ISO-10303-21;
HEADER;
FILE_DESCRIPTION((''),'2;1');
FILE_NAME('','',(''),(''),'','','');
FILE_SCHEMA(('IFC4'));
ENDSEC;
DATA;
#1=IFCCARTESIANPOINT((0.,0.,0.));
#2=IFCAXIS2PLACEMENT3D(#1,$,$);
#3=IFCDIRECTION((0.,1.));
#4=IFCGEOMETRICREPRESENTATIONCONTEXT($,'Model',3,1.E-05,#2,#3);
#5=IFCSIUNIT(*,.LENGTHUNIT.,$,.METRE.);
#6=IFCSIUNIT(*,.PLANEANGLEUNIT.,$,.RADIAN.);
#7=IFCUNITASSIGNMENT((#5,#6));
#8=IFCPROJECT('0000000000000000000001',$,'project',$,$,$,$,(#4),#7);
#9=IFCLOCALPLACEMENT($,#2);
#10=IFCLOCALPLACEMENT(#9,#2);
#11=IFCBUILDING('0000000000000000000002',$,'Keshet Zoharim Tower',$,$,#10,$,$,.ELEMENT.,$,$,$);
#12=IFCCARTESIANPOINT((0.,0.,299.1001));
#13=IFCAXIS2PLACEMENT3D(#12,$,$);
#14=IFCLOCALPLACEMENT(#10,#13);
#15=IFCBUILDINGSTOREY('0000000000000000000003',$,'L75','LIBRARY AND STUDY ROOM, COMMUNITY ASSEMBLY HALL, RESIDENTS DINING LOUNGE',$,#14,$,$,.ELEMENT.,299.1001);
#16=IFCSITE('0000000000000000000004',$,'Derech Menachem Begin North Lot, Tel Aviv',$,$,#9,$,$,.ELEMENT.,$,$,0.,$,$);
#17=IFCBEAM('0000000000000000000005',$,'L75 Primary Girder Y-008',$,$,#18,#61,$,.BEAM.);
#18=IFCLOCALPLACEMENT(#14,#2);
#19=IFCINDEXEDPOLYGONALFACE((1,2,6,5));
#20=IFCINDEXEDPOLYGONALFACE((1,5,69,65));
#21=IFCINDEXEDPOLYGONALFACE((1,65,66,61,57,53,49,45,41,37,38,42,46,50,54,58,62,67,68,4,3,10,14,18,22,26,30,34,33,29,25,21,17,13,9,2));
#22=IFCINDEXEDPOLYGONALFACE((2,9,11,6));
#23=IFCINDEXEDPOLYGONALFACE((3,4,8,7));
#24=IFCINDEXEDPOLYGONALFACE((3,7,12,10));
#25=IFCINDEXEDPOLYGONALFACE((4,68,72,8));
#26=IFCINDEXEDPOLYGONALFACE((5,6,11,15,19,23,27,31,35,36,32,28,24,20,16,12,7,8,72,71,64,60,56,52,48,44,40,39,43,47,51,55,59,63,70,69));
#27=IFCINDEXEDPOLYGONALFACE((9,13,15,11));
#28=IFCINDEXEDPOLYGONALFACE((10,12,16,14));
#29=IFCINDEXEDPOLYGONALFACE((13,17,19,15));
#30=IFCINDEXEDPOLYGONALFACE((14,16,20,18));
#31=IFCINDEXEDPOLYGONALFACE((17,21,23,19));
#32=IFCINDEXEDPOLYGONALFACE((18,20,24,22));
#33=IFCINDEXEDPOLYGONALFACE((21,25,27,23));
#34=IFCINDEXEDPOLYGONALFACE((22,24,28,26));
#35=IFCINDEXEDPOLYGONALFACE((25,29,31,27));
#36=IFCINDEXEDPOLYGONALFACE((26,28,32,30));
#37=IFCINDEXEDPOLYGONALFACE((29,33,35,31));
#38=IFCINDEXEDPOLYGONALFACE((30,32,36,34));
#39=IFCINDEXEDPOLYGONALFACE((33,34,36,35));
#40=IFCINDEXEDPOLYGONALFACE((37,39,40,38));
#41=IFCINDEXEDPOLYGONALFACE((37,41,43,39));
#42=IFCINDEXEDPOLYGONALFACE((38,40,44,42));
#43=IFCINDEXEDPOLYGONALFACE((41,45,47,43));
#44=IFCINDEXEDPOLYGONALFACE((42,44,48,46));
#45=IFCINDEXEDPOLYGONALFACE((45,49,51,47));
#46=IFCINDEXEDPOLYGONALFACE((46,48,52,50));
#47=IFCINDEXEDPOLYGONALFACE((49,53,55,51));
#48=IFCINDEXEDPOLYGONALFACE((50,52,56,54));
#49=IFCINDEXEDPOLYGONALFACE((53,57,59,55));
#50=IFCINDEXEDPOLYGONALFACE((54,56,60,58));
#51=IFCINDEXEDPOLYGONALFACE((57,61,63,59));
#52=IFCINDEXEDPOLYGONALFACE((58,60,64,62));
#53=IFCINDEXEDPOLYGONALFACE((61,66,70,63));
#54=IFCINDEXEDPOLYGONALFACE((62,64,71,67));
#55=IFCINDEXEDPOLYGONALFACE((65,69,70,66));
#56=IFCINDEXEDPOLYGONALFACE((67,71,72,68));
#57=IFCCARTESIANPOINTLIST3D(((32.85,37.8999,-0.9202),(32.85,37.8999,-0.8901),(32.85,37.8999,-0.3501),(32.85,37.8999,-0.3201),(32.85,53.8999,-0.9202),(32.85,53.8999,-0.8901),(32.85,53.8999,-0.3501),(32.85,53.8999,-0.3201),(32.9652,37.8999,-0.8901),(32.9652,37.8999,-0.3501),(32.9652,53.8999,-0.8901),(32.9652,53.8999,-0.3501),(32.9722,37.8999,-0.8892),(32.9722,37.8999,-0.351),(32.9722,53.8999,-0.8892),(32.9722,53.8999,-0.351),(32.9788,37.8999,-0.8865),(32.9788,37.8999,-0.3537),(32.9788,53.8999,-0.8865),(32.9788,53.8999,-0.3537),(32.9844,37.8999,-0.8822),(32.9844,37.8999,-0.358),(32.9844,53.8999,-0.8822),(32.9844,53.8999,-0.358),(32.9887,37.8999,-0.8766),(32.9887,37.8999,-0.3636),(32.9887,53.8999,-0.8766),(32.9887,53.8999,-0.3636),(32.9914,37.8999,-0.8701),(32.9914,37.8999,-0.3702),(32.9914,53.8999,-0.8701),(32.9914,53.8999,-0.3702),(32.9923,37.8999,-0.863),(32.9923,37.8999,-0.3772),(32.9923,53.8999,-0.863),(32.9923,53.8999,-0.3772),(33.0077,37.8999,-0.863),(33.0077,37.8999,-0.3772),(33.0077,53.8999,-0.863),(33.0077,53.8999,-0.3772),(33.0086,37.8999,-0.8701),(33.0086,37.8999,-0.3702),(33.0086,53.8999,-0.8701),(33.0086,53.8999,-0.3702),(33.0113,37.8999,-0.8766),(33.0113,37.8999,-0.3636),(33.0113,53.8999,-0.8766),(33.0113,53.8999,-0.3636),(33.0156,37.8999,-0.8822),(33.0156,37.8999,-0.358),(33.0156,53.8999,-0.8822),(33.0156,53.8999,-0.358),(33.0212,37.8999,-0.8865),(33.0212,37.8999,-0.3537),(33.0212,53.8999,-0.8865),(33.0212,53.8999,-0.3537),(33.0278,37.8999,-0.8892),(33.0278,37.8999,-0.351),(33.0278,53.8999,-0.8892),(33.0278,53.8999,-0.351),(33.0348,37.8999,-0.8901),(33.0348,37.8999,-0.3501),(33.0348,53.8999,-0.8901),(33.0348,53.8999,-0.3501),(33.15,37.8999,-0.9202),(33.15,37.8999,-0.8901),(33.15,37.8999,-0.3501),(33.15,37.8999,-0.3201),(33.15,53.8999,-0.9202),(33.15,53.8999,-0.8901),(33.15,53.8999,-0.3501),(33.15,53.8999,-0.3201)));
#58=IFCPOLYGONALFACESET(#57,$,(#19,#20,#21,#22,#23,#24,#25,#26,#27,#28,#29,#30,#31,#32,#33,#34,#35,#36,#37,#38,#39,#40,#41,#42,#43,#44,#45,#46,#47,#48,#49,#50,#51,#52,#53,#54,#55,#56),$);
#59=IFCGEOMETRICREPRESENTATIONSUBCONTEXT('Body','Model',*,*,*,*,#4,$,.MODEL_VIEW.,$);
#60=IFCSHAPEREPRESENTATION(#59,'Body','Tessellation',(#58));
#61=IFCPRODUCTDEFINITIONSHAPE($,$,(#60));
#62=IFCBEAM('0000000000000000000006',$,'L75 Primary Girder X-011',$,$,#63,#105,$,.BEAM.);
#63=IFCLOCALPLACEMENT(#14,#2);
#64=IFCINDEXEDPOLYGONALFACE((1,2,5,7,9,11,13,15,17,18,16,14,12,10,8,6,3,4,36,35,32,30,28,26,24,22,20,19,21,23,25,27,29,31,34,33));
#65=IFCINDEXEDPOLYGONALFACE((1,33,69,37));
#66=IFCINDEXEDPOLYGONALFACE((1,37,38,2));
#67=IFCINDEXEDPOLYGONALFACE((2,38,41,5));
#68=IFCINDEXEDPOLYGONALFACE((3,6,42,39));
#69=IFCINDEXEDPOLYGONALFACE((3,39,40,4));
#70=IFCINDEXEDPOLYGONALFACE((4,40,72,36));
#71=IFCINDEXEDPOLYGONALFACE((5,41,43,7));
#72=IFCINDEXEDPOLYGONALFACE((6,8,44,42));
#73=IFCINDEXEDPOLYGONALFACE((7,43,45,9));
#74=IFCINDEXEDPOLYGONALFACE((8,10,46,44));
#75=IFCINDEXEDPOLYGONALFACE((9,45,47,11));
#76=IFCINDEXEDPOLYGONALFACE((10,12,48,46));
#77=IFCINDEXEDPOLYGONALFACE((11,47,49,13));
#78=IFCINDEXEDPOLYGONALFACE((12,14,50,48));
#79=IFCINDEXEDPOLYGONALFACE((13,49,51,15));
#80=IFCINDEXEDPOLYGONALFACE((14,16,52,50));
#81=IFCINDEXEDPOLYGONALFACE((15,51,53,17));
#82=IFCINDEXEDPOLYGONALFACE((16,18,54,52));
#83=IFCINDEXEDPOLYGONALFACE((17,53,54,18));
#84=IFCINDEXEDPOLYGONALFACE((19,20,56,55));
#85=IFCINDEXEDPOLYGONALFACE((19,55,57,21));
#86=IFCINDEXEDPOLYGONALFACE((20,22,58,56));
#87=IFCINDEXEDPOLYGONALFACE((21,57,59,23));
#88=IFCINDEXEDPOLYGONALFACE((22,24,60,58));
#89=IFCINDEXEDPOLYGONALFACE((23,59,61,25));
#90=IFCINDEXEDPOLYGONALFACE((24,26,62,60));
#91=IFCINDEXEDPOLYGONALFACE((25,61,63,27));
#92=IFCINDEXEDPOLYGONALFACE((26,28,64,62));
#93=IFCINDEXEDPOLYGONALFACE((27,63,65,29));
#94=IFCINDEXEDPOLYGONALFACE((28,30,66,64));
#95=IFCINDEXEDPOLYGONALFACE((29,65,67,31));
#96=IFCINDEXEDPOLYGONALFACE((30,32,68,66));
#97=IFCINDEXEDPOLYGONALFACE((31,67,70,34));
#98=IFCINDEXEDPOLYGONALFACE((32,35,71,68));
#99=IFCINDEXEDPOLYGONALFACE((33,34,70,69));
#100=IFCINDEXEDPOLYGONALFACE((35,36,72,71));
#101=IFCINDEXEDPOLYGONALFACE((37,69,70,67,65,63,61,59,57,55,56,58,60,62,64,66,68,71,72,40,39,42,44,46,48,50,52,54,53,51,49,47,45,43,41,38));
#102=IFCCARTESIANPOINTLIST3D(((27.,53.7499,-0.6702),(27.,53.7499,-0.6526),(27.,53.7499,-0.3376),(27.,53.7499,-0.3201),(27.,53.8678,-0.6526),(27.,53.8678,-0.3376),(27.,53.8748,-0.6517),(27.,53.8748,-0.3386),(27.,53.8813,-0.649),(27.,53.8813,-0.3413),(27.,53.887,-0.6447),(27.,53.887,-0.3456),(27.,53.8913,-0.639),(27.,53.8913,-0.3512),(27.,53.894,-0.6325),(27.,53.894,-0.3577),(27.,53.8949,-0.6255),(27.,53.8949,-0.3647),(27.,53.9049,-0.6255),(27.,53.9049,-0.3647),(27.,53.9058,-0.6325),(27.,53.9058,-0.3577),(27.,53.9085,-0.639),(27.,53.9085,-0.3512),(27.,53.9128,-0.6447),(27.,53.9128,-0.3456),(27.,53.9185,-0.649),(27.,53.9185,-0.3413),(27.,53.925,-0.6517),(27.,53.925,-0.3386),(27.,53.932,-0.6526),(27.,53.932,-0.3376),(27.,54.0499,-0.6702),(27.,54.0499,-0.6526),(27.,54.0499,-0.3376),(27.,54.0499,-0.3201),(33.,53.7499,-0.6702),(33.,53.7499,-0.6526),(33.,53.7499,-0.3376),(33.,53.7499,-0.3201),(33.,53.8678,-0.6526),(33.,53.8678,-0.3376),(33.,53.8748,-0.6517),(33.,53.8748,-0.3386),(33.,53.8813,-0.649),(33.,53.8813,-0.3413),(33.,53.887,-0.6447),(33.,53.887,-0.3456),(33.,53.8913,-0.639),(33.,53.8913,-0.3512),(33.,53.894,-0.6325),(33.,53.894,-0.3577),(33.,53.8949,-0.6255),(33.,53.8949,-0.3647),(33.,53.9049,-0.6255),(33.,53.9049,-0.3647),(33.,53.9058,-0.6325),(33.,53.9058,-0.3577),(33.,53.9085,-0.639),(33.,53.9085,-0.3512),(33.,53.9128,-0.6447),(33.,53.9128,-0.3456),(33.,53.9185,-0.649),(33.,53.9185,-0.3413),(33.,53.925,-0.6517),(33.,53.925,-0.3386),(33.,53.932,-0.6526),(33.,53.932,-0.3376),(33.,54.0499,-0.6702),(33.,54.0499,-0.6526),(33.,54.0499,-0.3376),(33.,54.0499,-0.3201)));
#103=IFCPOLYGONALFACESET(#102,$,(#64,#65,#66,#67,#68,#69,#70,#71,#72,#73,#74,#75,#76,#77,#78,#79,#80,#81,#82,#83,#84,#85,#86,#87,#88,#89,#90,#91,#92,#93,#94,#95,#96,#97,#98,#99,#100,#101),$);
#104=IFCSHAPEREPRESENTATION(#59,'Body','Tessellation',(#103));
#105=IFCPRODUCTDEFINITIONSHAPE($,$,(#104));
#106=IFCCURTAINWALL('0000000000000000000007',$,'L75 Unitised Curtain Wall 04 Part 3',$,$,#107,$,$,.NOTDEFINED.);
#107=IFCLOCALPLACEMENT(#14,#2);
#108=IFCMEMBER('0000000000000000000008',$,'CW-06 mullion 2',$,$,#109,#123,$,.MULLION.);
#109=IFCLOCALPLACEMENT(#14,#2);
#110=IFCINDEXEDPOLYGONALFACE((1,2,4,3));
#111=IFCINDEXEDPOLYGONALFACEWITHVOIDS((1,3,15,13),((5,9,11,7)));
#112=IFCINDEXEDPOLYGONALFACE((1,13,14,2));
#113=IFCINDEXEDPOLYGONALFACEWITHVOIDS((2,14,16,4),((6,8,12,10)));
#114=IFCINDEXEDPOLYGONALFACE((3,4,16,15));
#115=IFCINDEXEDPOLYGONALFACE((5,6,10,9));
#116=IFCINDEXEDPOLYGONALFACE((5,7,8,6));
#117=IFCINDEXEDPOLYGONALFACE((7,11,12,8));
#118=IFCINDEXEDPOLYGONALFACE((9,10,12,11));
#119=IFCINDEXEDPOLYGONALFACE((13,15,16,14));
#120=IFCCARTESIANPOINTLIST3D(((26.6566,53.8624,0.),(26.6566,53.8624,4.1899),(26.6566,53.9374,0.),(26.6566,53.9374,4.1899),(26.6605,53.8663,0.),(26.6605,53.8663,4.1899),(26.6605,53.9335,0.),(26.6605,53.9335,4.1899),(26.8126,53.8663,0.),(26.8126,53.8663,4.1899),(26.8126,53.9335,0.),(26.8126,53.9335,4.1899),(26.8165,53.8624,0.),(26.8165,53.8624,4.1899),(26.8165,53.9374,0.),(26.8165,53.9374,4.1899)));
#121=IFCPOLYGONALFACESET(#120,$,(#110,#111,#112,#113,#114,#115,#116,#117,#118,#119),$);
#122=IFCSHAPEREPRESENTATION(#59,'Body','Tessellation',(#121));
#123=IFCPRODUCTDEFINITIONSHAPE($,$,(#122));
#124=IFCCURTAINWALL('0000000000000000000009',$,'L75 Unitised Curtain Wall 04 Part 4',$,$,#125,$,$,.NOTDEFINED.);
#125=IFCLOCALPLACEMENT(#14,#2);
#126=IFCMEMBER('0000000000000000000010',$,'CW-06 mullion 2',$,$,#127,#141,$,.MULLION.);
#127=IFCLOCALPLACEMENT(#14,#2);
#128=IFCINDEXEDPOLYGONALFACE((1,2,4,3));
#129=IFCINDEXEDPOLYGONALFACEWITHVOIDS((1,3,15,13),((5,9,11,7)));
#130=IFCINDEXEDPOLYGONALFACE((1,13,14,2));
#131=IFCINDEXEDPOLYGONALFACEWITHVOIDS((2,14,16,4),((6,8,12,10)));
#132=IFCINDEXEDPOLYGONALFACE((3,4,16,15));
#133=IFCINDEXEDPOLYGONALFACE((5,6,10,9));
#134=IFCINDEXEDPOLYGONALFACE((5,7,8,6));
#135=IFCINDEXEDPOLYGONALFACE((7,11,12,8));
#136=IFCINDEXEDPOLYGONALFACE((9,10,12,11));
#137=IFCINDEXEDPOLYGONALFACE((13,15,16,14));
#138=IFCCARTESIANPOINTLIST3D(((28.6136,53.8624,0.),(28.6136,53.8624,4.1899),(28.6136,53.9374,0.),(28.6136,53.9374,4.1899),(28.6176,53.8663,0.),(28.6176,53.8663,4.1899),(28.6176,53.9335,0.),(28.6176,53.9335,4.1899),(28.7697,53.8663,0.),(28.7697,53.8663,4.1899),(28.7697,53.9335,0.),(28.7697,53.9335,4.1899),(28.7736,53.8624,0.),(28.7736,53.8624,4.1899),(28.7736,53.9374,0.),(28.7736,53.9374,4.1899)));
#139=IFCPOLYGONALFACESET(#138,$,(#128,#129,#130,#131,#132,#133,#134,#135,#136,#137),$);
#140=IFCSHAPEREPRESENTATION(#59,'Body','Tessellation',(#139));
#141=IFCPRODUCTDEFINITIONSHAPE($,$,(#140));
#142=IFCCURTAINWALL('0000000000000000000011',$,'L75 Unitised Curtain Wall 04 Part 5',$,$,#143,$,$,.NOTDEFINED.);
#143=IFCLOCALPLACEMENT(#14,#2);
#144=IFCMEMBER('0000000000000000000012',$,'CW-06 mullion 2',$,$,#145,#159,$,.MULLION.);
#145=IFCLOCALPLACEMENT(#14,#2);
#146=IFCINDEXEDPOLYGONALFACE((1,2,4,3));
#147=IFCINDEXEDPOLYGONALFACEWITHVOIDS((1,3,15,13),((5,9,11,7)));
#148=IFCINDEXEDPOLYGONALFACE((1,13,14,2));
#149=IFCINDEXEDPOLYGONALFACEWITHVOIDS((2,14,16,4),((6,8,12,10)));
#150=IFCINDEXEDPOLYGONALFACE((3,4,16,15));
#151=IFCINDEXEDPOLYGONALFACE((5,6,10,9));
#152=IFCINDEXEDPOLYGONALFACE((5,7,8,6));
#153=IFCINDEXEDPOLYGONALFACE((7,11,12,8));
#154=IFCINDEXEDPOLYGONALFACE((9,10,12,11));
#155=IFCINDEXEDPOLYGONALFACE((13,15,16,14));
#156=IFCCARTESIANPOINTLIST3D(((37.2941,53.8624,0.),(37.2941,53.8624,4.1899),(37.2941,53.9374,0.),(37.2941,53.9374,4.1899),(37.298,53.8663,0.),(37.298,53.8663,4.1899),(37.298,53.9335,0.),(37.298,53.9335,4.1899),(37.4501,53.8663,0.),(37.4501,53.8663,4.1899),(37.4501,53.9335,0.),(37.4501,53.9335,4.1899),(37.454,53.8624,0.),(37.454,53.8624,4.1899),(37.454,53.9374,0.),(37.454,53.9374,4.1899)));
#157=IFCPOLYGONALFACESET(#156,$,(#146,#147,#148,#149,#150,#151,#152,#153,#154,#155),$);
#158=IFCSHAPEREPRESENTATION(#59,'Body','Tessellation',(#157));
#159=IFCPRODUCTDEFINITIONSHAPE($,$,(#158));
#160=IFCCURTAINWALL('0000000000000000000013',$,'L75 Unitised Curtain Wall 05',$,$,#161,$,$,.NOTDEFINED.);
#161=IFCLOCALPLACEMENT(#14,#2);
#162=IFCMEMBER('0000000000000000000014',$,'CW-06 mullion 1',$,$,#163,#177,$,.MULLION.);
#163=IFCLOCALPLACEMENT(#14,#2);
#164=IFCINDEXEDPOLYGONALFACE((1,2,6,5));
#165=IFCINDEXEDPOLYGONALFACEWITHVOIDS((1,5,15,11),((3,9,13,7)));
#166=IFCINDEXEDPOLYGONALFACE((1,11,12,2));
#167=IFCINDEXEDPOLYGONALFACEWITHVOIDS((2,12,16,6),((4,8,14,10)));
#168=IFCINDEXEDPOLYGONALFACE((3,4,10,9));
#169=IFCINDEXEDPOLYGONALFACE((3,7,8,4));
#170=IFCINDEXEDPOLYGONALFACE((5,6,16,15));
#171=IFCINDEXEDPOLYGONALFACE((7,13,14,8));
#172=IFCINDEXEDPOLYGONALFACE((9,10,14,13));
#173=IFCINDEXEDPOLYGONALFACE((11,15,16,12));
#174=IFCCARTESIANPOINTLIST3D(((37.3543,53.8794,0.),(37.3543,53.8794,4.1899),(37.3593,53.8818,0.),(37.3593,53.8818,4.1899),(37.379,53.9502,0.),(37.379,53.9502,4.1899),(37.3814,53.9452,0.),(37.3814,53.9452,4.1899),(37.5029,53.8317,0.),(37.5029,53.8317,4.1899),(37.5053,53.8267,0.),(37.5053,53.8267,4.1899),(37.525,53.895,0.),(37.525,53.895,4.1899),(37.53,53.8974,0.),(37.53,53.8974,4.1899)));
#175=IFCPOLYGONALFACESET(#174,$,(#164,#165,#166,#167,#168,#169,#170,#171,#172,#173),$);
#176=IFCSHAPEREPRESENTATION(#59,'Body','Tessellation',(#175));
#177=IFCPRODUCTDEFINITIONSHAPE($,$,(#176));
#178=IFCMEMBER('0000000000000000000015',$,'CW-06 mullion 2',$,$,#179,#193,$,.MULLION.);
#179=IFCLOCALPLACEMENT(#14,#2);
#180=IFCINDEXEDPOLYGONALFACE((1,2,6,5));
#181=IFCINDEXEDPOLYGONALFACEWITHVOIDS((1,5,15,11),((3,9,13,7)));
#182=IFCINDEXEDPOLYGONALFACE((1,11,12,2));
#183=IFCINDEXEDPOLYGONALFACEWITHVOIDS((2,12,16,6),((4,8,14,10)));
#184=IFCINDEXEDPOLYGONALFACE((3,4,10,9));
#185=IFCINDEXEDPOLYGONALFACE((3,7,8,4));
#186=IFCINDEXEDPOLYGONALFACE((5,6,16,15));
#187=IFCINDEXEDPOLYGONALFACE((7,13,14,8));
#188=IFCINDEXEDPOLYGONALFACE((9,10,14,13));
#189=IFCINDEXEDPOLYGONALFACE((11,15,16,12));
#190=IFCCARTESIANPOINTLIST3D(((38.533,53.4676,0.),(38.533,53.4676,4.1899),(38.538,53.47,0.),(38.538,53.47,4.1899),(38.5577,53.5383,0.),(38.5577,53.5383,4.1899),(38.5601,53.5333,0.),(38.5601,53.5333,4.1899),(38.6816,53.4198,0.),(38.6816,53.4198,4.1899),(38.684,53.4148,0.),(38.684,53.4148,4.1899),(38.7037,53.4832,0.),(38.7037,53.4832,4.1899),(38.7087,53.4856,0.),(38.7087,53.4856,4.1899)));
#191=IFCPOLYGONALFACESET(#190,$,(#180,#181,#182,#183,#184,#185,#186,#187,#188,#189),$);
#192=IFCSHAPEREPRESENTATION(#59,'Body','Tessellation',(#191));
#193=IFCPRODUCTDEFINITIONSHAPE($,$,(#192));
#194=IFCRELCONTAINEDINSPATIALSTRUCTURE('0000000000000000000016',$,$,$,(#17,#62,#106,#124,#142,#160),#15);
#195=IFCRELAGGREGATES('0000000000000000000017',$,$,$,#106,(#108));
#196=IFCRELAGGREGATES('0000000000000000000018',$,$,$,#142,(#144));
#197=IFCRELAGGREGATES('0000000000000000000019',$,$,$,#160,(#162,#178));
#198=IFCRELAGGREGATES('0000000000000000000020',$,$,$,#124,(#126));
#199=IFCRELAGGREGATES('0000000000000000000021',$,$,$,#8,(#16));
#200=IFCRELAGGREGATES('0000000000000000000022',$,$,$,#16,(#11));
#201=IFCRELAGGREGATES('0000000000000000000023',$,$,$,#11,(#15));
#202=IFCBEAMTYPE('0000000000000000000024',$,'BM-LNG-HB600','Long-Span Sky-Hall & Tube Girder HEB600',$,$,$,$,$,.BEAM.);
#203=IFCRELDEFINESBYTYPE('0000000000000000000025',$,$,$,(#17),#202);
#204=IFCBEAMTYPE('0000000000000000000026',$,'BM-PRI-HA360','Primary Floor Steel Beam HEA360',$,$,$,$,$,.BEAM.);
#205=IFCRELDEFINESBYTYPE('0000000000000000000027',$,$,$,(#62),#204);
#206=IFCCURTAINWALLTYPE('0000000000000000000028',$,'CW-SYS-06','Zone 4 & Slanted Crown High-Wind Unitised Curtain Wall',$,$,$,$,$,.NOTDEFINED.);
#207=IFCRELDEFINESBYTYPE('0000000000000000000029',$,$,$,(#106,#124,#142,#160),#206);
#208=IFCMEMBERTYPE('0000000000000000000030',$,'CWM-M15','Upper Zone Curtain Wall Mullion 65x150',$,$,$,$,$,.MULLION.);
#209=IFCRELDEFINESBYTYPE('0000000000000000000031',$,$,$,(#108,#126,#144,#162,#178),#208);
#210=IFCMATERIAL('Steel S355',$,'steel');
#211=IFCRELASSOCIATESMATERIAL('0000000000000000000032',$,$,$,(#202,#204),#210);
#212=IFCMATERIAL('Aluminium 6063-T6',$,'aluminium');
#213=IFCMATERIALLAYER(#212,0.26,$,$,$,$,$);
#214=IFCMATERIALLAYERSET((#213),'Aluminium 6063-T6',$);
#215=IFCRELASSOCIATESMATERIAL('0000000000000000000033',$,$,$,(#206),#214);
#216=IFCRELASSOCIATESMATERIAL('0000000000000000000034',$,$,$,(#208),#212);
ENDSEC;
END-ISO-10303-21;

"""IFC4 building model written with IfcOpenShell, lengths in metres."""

from ifc_helpers import new_model, si_unit, direction, frame, origin, origin_2d, place, context, subcontext, project, spatial, hollow_rectangle, i_section, extrude, material, layer, layer_set, material_profile, profile_set, type_object, element, aggregate, save


model = new_model("IFC4")

# Units and contexts
model_context = context("Model", 3, precision=1e-05, world=origin(), true_north=direction((0.0, 1.0)))
body_context = subcontext(model_context, "Body", "Model", "MODEL_VIEW")
ifc_project = project(units=[si_unit("LENGTHUNIT", "METRE"), si_unit("PLANEANGLEUNIT", "RADIAN")], contexts=[model_context])

# Site, building, storey
site_placement = place(None, origin())
site = spatial("IfcSite", under=ifc_project, at=site_placement, Name="Derech Menachem Begin North Lot, Tel Aviv", CompositionType="ELEMENT", RefElevation=0.0)
building_placement = place(site_placement, origin())
building = spatial("IfcBuilding", under=site, at=building_placement, Name="Keshet Zoharim Tower", CompositionType="ELEMENT")
storey_placement = place(building_placement, frame((0.0, 0.0, 299.1001)))
storey = spatial("IfcBuildingStorey", under=building, at=storey_placement, Name="L75", Description="LIBRARY AND STUDY ROOM, COMMUNITY ASSEMBLY HALL, RESIDENTS DINING LOUNGE", CompositionType="ELEMENT", Elevation=299.1001)

# Shared definitions
ifc_material_1 = material(Name="Steel S355", Category="steel")

# Beams
ifc_material_profile_1 = material_profile(ifc_material_1, i_section(OverallWidth=0.3, OverallDepth=0.6001, WebThickness=0.0154, FlangeThickness=0.03, FilletRadius=0.0271, at=origin_2d()), Name="HEB600")
ifc_profile_set_1 = profile_set([ifc_material_profile_1], Name="Steel S355")
beam_type_1 = type_object("IfcBeamType", Name="BM-LNG-HB600", Description="Long-Span Sky-Hall & Tube Girder HEB600", PredefinedType="BEAM", material=ifc_profile_set_1)
beam_1_placement = place(storey_placement, frame((33.0, 37.8999, -0.6201), z_axis=(0.0, 1.0, 0.0), x_axis=(-1.0, 0.0, 0.0)))
element("IfcBeam", 1, at=beam_1_placement, inside=storey, type_object=beam_type_1, Name="L75 Primary Girder Y-008", PredefinedType="BEAM", context=body_context, shape_type="SweptSolid", body=[
    extrude(i_section(OverallWidth=0.3, OverallDepth=0.6001, WebThickness=0.0154, FlangeThickness=0.03, FilletRadius=0.0271, at=origin_2d()), origin(), (0.0, 0.0, 1.0), 16.0),
])
ifc_material_profile_2 = material_profile(ifc_material_1, i_section(OverallWidth=0.3, OverallDepth=0.3501, WebThickness=0.01, FlangeThickness=0.0176, FilletRadius=0.0271, at=origin_2d()), Name="HEA360")
ifc_profile_set_2 = profile_set([ifc_material_profile_2], Name="Steel S355")
beam_type_2 = type_object("IfcBeamType", Name="BM-PRI-HA360", Description="Primary Floor Steel Beam HEA360", PredefinedType="BEAM", material=ifc_profile_set_2)
beam_2_placement = place(storey_placement, frame((27.0, 53.8999, -0.4951), z_axis=(1.0, 0.0, 0.0), x_axis=(0.0, 1.0, 0.0)))
element("IfcBeam", 2, at=beam_2_placement, inside=storey, type_object=beam_type_2, Name="L75 Primary Girder X-011", PredefinedType="BEAM", context=body_context, shape_type="SweptSolid", body=[
    extrude(i_section(OverallWidth=0.3, OverallDepth=0.3501, WebThickness=0.01, FlangeThickness=0.0176, FilletRadius=0.0271, at=origin_2d()), origin(), (0.0, 0.0, 1.0), 6.0),
])

# Curtain walls, members
ifc_material_2 = material(Name="Aluminium 6063-T6", Category="aluminium")
ifc_layer_1 = layer(ifc_material_2, 0.26)
ifc_layer_set_1 = layer_set([ifc_layer_1], Name="Aluminium 6063-T6")
curtain_wall_type = type_object("IfcCurtainWallType", Name="CW-SYS-06", Description="Zone 4 & Slanted Crown High-Wind Unitised Curtain Wall", PredefinedType="NOTDEFINED", material=ifc_layer_set_1)
curtain_wall_1_placement = place(storey_placement, origin())
curtain_wall_1 = element("IfcCurtainWall", 3, at=curtain_wall_1_placement, inside=storey, type_object=curtain_wall_type, Name="L75 Unitised Curtain Wall 04 Part 3", PredefinedType="NOTDEFINED")
ifc_material_profile_3 = material_profile(ifc_material_2, hollow_rectangle(XDim=0.075, YDim=0.1599, WallThickness=0.0039, at=origin_2d()), Name="MUL-75x160")
ifc_profile_set_3 = profile_set([ifc_material_profile_3], Name="Aluminium 6063-T6")
member_type_1 = type_object("IfcMemberType", Name="CWM-M15", Description="Upper Zone Curtain Wall Mullion 65x150", PredefinedType="MULLION", material=ifc_profile_set_3)
member_1_placement = place(storey_placement, frame((26.7366, 53.8999, 0.0), z_axis=(0.0, 0.0, 1.0), x_axis=(0.0, 1.0, 0.0)))
member_1 = element("IfcMember", 4, at=member_1_placement, type_object=member_type_1, Name="CW-06 mullion 2", PredefinedType="MULLION", context=body_context, shape_type="SweptSolid", body=[
    extrude(hollow_rectangle(XDim=0.075, YDim=0.1599, WallThickness=0.0039, at=origin_2d()), origin(), (0.0, 0.0, 1.0), 4.1899),
])
curtain_wall_2_placement = place(storey_placement, origin())
curtain_wall_2 = element("IfcCurtainWall", 5, at=curtain_wall_2_placement, inside=storey, type_object=curtain_wall_type, Name="L75 Unitised Curtain Wall 04 Part 4", PredefinedType="NOTDEFINED")
member_2_placement = place(storey_placement, frame((28.6936, 53.8999, 0.0), z_axis=(0.0, 0.0, 1.0), x_axis=(0.0, 1.0, 0.0)))
member_2 = element("IfcMember", 6, at=member_2_placement, type_object=member_type_1, Name="CW-06 mullion 2", PredefinedType="MULLION", context=body_context, shape_type="SweptSolid", body=[
    extrude(hollow_rectangle(XDim=0.075, YDim=0.1599, WallThickness=0.0039, at=origin_2d()), origin(), (0.0, 0.0, 1.0), 4.1899),
])
curtain_wall_3_placement = place(storey_placement, origin())
curtain_wall_3 = element("IfcCurtainWall", 7, at=curtain_wall_3_placement, inside=storey, type_object=curtain_wall_type, Name="L75 Unitised Curtain Wall 04 Part 5", PredefinedType="NOTDEFINED")
member_3_placement = place(storey_placement, frame((37.374, 53.8999, 0.0), z_axis=(0.0, 0.0, 1.0), x_axis=(0.0, 1.0, 0.0)))
member_3 = element("IfcMember", 8, at=member_3_placement, type_object=member_type_1, Name="CW-06 mullion 2", PredefinedType="MULLION", context=body_context, shape_type="SweptSolid", body=[
    extrude(hollow_rectangle(XDim=0.075, YDim=0.1599, WallThickness=0.0039, at=origin_2d()), origin(), (0.0, 0.0, 1.0), 4.1899),
])

# Curtain wall, members
curtain_wall_4_placement = place(storey_placement, origin())
curtain_wall_4 = element("IfcCurtainWall", 9, at=curtain_wall_4_placement, inside=storey, type_object=curtain_wall_type, Name="L75 Unitised Curtain Wall 05", PredefinedType="NOTDEFINED")
member_4_placement = place(storey_placement, frame((37.4421, 53.8884, 0.0), z_axis=(0.0, 0.0, 1.0), x_axis=(0.329844, 0.944036, 0.0)))
member_4 = element("IfcMember", 10, at=member_4_placement, type_object=member_type_1, Name="CW-06 mullion 1", PredefinedType="MULLION", context=body_context, shape_type="SweptSolid", body=[
    extrude(hollow_rectangle(XDim=0.075, YDim=0.1599, WallThickness=0.0039, at=origin_2d()), origin(), (0.0, 0.0, 1.0), 4.1899),
])
member_5_placement = place(storey_placement, frame((38.6208, 53.4766, 0.0), z_axis=(0.0, 0.0, 1.0), x_axis=(0.329844, 0.944036, 0.0)))
member_5 = element("IfcMember", 11, at=member_5_placement, type_object=member_type_1, Name="CW-06 mullion 2", PredefinedType="MULLION", context=body_context, shape_type="SweptSolid", body=[
    extrude(hollow_rectangle(XDim=0.075, YDim=0.1599, WallThickness=0.0039, at=origin_2d()), origin(), (0.0, 0.0, 1.0), 4.1899),
])

aggregate(curtain_wall_1, [member_1])
aggregate(curtain_wall_3, [member_3])
aggregate(curtain_wall_4, [member_4, member_5])
aggregate(curtain_wall_2, [member_2])

save(model, "model.ifc")
